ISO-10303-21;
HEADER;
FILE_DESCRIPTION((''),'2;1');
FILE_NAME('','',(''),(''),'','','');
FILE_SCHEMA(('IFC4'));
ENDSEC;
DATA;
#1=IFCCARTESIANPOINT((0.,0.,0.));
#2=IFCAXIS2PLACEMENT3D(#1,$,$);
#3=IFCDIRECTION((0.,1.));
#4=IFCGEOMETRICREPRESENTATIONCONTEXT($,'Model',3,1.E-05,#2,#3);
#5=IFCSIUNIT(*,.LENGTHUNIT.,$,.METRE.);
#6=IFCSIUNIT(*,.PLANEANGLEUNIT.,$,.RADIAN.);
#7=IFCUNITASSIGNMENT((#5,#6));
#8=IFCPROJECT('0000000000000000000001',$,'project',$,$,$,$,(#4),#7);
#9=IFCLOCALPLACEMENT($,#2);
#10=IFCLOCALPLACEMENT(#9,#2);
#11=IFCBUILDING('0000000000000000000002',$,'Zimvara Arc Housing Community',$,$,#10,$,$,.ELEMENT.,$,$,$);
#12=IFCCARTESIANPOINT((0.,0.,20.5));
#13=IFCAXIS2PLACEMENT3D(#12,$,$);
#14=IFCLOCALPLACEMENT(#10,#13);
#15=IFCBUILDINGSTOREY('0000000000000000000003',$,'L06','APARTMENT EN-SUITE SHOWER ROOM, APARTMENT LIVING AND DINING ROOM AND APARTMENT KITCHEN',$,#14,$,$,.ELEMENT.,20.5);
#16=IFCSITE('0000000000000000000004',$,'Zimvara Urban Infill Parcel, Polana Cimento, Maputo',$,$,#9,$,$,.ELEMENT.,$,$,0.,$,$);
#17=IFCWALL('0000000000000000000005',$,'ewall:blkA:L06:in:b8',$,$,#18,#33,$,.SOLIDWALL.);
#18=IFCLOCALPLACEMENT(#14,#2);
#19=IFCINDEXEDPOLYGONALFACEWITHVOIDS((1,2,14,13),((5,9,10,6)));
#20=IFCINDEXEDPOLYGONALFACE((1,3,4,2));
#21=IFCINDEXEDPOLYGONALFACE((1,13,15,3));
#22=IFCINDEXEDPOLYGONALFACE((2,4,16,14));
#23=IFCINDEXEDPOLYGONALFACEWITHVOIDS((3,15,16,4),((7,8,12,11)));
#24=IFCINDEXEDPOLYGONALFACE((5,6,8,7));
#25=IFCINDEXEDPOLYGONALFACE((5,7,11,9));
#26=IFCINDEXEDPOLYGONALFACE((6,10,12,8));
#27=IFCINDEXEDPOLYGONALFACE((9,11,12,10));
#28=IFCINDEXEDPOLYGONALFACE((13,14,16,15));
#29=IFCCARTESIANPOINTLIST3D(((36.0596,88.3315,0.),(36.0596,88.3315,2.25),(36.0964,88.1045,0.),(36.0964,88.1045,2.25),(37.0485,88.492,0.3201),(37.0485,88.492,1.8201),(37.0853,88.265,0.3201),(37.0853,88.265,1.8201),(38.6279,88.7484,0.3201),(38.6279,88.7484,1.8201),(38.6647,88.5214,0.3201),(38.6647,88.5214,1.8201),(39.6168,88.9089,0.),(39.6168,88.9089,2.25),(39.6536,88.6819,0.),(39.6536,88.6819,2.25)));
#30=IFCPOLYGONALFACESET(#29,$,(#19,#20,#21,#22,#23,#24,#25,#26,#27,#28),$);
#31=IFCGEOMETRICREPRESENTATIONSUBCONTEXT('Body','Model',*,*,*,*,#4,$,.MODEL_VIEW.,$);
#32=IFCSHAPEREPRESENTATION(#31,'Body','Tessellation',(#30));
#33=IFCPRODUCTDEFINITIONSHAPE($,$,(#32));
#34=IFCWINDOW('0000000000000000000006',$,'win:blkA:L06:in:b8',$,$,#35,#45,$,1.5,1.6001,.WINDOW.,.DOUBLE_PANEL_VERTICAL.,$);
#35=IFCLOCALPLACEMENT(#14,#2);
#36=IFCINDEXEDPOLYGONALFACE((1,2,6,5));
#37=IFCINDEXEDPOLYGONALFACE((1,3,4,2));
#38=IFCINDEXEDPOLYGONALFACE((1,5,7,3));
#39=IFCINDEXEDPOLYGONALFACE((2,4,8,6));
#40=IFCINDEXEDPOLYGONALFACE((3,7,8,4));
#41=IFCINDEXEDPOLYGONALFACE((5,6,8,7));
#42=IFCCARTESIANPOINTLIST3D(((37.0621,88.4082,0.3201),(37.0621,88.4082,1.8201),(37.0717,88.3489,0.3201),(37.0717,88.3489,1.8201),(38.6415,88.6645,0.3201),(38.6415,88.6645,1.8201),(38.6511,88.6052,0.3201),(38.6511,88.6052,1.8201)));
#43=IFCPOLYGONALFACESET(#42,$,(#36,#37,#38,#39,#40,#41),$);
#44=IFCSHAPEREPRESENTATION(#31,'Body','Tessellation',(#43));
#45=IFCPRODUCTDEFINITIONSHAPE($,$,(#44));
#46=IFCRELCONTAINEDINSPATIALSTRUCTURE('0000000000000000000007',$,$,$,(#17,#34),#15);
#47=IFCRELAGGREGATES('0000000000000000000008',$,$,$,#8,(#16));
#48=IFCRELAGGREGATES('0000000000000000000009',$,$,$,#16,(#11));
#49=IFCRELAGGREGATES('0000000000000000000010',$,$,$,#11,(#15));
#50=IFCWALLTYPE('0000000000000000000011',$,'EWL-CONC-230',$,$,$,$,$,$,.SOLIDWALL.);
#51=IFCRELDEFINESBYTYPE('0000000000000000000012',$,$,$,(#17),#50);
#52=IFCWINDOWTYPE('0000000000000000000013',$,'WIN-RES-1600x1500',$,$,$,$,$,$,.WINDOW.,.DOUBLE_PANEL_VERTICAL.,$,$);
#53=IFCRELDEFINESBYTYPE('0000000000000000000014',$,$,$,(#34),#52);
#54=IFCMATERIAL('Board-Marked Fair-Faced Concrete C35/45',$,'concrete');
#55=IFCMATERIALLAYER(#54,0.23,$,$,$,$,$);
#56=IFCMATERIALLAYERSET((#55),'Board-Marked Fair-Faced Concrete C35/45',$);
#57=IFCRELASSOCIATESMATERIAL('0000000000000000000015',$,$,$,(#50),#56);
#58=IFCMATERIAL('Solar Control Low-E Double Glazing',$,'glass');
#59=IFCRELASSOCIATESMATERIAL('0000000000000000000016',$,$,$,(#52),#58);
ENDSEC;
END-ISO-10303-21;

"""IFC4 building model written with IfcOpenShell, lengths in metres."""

from ifc_helpers import new_model, si_unit, direction, frame, frame_2d, origin, place, context, subcontext, project, spatial, rectangle, extrude, material, layer, layer_set, type_object, element, fill, save


model = new_model("IFC4")

# Units and contexts
model_context = context("Model", 3, precision=1e-05, world=origin(), true_north=direction((0.0, 1.0)))
body_context = subcontext(model_context, "Body", "Model", "MODEL_VIEW")
ifc_project = project(units=[si_unit("LENGTHUNIT", "METRE"), si_unit("PLANEANGLEUNIT", "RADIAN")], contexts=[model_context])

# Site, building, storey
site_placement = place(None, origin())
site = spatial("IfcSite", under=ifc_project, at=site_placement, Name="Zimvara Urban Infill Parcel, Polana Cimento, Maputo", CompositionType="ELEMENT", RefElevation=0.0)
building_placement = place(site_placement, origin())
building = spatial("IfcBuilding", under=site, at=building_placement, Name="Zimvara Arc Housing Community", CompositionType="ELEMENT")
storey_placement = place(building_placement, frame((0.0, 0.0, 20.5)))
storey = spatial("IfcBuildingStorey", under=building, at=storey_placement, Name="L06", Description="APARTMENT EN-SUITE SHOWER ROOM, APARTMENT LIVING AND DINING ROOM AND APARTMENT KITCHEN", CompositionType="ELEMENT", Elevation=20.5)

# Wall, opening, window
ifc_material_1 = material(Name="Board-Marked Fair-Faced Concrete C35/45", Category="concrete")
ifc_layer_1 = layer(ifc_material_1, 0.23)
ifc_layer_set_1 = layer_set([ifc_layer_1], Name="Board-Marked Fair-Faced Concrete C35/45")
wall_type = type_object("IfcWallType", Name="EWL-CONC-230", PredefinedType="SOLIDWALL", material=ifc_layer_set_1)
wall_placement = place(storey_placement, frame((36.0781, 88.218, 0.0), z_axis=(0.0, 0.0, 1.0), x_axis=(0.987081, 0.160223, 0.0)))
wall = element("IfcWall", 1, at=wall_placement, inside=storey, type_object=wall_type, Name="ewall:blkA:L06:in:b8", PredefinedType="SOLIDWALL", context=body_context, shape_type="SweptSolid", body=[
    extrude(rectangle(XDim=3.6038, YDim=0.23, at=frame_2d((1.8018, 0.0))), origin(), (0.0, 0.0, 1.0), 2.25),
])
opening_placement = place(wall_placement, frame((1.0017, 0.0, 0.3201)))
opening = element("IfcOpeningElement", 2, at=opening_placement, cuts=wall, PredefinedType="OPENING", context=body_context, shape_type="SweptSolid", body=[
    extrude(rectangle(XDim=1.6001, YDim=1.5, at=frame_2d((0.8, 0.75))), frame((0.0, 0.125, 0.0), z_axis=(0.0, -1.0, 0.0), x_axis=(1.0, 0.0, 0.0)), (0.0, 0.0, 1.0), 0.25),
])
ifc_material_2 = material(Name="Solar Control Low-E Double Glazing", Category="glass")
window_type = type_object("IfcWindowType", Name="WIN-RES-1600x1500", PartitioningType="DOUBLE_PANEL_VERTICAL", PredefinedType="WINDOW", material=ifc_material_2)
window_placement = place(opening_placement, origin())
window = element("IfcWindow", 3, at=window_placement, inside=storey, type_object=window_type, Name="win:blkA:L06:in:b8", OverallHeight=1.5, OverallWidth=1.6001, PartitioningType="DOUBLE_PANEL_VERTICAL", PredefinedType="WINDOW", context=body_context, shape_type="SweptSolid", body=[
    extrude(rectangle(XDim=1.6001, YDim=1.5, at=frame_2d((0.8, 0.75))), frame((0.0, 0.03, 0.0), z_axis=(0.0, -1.0, 0.0), x_axis=(1.0, 0.0, 0.0)), (0.0, 0.0, 1.0), 0.0601),
])
fill(opening, window)

save(model, "model.ifc")
